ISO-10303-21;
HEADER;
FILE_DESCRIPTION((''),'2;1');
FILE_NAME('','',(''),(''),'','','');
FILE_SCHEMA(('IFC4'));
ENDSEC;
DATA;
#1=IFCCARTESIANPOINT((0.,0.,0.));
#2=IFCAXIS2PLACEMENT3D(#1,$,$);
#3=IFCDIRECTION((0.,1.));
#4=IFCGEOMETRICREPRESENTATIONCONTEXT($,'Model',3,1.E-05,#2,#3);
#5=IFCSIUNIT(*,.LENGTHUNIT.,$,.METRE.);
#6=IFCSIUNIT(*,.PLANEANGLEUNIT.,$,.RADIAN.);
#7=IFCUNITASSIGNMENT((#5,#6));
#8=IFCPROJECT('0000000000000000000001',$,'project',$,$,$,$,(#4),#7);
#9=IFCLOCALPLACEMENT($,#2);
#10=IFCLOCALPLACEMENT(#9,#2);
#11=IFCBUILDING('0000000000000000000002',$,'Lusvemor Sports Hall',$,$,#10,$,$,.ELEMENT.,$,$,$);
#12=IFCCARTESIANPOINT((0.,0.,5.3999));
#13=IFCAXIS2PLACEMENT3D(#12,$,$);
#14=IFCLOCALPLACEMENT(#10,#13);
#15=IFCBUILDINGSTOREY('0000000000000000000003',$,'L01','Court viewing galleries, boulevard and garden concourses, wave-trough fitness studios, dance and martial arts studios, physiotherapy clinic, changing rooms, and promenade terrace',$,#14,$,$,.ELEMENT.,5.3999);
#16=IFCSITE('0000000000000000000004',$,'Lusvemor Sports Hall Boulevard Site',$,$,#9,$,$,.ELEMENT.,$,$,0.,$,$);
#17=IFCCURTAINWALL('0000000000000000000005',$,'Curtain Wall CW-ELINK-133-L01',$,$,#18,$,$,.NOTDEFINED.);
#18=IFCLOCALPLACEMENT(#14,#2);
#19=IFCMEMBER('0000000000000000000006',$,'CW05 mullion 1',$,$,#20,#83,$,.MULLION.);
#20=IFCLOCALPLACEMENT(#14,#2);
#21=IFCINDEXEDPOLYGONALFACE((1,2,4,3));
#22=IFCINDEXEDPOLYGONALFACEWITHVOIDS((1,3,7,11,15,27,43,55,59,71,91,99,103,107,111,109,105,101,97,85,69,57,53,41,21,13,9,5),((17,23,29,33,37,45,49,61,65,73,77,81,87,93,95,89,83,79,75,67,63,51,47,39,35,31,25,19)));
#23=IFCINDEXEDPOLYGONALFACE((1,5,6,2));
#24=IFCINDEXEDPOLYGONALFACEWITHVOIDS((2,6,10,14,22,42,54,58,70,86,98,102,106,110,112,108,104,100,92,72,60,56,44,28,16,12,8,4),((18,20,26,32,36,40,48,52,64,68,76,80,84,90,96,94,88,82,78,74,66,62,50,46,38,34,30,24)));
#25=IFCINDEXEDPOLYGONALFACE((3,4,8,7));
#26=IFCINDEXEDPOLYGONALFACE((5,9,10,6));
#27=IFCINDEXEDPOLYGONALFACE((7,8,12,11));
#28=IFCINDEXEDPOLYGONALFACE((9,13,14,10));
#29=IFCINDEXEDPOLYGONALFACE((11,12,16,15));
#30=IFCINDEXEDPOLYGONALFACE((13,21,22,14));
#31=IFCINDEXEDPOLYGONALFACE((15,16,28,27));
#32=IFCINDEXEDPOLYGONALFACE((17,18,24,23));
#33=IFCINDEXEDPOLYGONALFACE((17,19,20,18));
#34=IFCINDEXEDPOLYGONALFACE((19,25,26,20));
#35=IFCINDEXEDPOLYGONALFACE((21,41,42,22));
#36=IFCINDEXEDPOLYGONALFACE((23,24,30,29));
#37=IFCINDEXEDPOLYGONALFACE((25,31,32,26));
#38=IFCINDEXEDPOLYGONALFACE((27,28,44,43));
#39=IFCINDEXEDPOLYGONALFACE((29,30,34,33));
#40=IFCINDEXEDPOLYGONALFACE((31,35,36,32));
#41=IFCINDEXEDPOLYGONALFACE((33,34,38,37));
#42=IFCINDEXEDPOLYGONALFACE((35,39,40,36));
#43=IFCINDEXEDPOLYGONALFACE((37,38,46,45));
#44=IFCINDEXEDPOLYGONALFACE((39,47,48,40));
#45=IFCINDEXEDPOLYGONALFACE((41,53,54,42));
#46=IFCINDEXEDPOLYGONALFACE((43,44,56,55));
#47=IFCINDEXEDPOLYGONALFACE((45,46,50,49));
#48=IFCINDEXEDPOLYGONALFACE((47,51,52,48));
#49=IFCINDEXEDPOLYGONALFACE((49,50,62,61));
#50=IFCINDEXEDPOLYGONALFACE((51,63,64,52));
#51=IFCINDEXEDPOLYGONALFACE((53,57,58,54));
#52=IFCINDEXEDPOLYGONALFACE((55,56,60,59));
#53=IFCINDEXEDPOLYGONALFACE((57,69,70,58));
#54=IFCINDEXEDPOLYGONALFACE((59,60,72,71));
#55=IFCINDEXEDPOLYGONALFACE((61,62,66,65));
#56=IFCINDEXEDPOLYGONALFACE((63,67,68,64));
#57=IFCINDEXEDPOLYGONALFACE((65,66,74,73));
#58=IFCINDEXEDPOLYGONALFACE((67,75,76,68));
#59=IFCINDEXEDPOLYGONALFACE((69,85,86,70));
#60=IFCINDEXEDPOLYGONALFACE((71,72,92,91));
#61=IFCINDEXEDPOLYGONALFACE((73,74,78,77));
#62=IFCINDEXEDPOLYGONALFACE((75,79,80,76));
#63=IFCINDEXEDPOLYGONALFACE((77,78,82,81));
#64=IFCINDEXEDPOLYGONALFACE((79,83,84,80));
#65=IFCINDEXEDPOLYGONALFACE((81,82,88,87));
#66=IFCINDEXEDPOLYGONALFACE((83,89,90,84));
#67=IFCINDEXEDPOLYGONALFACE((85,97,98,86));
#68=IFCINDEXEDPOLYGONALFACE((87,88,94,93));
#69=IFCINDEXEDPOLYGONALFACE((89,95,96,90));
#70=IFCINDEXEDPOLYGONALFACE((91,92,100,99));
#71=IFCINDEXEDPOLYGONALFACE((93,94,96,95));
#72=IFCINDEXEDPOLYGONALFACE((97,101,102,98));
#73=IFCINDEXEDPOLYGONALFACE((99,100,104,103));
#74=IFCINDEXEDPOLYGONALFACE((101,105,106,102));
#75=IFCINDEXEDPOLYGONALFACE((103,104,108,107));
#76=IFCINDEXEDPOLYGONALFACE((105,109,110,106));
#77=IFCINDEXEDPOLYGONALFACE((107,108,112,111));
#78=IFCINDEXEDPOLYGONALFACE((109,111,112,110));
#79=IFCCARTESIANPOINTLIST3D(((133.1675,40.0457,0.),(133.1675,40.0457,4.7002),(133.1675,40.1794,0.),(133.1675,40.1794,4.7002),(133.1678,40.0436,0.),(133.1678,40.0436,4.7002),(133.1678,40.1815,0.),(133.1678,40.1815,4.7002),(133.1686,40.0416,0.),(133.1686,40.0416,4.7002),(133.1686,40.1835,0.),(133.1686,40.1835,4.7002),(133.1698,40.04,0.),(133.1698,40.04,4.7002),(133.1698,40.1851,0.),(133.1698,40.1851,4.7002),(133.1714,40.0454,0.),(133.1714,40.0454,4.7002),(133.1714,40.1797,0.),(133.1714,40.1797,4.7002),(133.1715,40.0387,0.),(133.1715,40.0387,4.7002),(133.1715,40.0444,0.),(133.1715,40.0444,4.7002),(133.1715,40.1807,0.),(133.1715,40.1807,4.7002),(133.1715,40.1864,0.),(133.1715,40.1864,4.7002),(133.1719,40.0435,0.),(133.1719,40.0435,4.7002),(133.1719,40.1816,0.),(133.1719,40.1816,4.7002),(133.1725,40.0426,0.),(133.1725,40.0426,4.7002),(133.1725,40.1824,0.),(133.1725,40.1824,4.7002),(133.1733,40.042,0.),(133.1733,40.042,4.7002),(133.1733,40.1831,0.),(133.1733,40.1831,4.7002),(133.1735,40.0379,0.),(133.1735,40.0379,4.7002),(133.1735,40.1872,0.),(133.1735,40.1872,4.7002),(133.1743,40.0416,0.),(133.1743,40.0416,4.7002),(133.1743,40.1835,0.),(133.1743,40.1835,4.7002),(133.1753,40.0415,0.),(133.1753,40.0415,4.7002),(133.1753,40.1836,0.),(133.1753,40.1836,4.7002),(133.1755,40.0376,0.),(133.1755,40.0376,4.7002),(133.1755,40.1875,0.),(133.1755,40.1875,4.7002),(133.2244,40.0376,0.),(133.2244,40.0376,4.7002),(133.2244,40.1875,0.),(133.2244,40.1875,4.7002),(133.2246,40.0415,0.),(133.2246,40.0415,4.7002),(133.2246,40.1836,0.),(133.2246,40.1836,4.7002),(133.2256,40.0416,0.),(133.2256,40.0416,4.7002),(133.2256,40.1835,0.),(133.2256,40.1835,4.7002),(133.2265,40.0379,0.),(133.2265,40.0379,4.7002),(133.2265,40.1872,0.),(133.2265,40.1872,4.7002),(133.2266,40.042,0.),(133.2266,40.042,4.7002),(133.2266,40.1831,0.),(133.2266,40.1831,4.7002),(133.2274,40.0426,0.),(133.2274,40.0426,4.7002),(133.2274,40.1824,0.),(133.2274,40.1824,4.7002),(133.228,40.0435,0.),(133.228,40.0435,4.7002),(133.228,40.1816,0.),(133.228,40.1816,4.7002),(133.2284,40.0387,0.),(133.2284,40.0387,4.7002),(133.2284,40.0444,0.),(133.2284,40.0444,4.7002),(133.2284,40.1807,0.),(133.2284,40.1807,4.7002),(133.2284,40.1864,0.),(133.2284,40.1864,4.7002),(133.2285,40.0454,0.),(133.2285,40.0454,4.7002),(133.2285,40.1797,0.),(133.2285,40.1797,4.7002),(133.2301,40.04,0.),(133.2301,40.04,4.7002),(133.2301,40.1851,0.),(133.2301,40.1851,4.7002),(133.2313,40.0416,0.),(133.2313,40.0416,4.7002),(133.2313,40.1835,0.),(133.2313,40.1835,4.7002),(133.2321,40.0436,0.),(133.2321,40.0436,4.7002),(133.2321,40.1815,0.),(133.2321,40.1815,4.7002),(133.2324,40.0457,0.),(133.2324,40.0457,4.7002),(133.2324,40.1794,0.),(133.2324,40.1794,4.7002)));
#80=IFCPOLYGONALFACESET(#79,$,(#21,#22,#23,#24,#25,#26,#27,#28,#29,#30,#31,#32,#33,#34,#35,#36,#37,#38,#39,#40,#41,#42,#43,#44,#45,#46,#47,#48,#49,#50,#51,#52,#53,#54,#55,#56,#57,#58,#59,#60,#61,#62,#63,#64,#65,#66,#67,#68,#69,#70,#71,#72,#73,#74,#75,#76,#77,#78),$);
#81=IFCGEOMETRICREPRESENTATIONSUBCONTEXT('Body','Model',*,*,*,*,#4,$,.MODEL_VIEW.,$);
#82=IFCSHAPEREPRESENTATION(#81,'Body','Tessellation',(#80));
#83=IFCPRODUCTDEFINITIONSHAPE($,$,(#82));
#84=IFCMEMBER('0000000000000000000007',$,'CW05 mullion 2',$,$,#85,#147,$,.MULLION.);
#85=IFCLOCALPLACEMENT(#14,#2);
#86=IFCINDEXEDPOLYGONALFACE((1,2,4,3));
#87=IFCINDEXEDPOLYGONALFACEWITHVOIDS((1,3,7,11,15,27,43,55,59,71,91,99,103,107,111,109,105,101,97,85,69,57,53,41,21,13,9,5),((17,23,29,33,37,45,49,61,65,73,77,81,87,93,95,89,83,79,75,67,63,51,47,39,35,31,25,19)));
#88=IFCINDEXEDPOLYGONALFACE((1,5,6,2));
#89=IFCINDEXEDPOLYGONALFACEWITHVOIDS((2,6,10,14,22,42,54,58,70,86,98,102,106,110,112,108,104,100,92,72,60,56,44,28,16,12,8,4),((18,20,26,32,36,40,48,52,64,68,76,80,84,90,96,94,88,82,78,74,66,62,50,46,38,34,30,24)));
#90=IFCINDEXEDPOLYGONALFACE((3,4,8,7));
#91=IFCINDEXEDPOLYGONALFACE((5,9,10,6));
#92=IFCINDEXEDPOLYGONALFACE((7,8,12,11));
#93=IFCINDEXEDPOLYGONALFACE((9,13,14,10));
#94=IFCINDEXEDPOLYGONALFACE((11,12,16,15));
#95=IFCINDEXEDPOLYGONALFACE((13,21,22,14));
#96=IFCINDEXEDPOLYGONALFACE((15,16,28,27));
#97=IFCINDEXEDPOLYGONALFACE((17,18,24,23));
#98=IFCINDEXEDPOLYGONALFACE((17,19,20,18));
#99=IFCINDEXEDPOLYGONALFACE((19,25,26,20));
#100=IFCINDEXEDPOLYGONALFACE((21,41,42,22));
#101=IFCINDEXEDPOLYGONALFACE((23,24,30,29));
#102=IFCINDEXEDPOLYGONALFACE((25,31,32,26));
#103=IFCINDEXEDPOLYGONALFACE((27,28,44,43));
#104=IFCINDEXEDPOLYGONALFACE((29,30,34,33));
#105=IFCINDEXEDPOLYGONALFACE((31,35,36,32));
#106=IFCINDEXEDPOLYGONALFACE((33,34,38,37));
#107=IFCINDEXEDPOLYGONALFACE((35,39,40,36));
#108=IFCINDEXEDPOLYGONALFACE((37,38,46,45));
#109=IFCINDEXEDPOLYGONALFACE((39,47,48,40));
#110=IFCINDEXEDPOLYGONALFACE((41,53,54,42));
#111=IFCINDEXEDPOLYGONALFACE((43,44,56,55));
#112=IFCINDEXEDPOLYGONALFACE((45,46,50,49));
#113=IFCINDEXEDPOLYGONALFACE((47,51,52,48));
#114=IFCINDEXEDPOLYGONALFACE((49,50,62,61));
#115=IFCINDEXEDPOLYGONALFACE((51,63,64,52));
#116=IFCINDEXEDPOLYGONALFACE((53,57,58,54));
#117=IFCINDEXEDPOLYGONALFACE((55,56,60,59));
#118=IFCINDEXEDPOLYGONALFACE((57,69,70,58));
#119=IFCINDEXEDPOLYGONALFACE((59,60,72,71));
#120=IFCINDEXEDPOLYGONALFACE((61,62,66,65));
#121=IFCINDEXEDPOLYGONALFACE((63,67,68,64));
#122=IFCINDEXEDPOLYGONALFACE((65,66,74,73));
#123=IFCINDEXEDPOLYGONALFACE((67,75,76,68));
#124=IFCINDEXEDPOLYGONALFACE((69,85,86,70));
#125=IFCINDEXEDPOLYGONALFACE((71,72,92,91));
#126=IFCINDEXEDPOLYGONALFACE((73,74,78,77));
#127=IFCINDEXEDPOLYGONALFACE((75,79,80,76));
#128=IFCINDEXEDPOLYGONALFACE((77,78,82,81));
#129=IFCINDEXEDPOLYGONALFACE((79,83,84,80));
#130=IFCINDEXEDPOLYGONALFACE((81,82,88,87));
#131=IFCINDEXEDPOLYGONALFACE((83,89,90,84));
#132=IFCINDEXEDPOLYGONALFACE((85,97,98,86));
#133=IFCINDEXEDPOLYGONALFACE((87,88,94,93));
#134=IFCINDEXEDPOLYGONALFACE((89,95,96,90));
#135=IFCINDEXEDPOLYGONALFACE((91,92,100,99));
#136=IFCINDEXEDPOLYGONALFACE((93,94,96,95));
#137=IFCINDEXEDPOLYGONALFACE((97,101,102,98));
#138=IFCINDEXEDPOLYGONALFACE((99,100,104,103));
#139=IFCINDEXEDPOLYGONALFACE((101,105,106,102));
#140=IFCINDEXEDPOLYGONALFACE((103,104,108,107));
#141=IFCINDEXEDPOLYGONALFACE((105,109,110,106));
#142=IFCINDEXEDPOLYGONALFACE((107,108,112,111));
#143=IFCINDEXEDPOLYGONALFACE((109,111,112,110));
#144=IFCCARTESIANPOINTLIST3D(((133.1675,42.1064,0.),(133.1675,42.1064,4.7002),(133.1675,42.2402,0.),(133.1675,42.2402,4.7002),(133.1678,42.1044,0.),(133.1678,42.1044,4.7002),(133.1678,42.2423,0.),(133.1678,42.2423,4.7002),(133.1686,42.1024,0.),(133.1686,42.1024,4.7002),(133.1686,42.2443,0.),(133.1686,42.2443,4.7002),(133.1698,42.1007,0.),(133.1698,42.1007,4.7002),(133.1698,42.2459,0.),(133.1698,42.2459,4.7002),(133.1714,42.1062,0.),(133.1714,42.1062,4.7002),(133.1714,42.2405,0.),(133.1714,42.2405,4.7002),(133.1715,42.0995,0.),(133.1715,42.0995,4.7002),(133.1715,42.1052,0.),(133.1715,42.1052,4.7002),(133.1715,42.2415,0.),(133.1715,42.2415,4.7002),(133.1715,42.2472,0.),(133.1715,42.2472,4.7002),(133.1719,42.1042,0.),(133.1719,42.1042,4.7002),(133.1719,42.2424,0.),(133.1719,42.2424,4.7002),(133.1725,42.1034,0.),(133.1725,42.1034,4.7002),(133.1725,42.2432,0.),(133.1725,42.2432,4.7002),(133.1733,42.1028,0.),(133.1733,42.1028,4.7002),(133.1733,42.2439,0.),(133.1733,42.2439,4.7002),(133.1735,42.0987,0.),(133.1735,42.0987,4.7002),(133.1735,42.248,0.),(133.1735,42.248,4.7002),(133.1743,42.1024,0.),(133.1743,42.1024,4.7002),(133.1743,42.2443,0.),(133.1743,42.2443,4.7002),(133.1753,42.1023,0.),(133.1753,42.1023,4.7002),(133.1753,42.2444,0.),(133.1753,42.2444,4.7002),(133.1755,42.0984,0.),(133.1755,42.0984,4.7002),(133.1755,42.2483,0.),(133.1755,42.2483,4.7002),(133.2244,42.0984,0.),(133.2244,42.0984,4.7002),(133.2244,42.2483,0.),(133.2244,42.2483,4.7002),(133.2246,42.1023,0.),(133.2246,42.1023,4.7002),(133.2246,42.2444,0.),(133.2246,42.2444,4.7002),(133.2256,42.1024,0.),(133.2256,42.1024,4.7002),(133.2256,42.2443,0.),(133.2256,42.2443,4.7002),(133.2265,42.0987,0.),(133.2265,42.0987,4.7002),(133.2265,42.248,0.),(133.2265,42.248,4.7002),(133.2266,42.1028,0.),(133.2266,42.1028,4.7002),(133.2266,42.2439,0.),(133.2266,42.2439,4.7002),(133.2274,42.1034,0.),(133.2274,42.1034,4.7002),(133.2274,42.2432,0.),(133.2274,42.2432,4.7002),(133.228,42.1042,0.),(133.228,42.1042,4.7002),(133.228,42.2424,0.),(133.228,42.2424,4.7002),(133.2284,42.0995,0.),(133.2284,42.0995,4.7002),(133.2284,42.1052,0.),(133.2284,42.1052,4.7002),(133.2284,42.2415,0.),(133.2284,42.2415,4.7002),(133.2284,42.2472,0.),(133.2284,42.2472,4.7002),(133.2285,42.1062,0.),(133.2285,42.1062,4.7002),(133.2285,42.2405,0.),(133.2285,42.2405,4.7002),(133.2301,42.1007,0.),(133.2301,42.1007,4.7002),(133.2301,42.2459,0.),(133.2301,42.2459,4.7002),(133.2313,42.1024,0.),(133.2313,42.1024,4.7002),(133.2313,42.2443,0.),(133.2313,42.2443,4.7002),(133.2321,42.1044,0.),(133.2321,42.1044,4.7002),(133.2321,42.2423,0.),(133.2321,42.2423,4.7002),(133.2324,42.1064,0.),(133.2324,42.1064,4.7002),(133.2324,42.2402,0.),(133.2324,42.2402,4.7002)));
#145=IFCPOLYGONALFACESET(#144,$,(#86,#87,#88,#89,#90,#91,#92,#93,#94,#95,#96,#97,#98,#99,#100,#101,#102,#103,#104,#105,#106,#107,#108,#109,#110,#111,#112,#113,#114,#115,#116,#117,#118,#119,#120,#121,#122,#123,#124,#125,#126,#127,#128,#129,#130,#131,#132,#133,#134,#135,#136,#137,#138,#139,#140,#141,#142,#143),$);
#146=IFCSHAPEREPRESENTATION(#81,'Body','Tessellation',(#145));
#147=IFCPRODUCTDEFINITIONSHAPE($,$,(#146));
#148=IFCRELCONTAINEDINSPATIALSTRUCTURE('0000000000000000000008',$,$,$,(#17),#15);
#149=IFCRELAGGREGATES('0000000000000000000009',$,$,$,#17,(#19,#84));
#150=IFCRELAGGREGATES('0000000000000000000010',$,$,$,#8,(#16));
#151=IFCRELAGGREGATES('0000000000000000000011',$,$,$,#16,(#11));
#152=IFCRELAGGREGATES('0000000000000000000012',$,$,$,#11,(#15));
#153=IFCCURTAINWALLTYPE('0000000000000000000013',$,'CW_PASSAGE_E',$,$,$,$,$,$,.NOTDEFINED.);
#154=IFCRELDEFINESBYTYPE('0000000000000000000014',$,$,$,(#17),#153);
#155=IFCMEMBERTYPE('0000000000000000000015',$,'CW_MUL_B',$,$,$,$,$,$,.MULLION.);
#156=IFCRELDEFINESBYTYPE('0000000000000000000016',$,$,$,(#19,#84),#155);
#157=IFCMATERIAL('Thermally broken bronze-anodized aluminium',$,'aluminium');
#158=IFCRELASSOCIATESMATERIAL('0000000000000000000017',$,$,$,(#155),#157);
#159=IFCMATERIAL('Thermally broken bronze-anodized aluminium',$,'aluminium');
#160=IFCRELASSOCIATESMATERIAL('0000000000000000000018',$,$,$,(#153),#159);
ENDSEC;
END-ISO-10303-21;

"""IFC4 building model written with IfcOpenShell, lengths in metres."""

from ifc_helpers import new_model, si_unit, direction, frame, origin, origin_2d, place, context, subcontext, project, spatial, hollow_rectangle, extrude, material, material_profile, profile_set, type_object, element, aggregate, save


model = new_model("IFC4")

# Units and contexts
model_context = context("Model", 3, precision=1e-05, world=origin(), true_north=direction((0.0, 1.0)))
body_context = subcontext(model_context, "Body", "Model", "MODEL_VIEW")
ifc_project = project(units=[si_unit("LENGTHUNIT", "METRE"), si_unit("PLANEANGLEUNIT", "RADIAN")], contexts=[model_context])

# Site, building, storey
site_placement = place(None, origin())
site = spatial("IfcSite", under=ifc_project, at=site_placement, Name="Lusvemor Sports Hall Boulevard Site", CompositionType="ELEMENT", RefElevation=0.0)
building_placement = place(site_placement, origin())
building = spatial("IfcBuilding", under=site, at=building_placement, Name="Lusvemor Sports Hall", CompositionType="ELEMENT")
storey_placement = place(building_placement, frame((0.0, 0.0, 5.3999)))
storey = spatial("IfcBuildingStorey", under=building, at=storey_placement, Name="L01", Description="Court viewing galleries, boulevard and garden concourses, wave-trough fitness studios, dance and martial arts studios, physiotherapy clinic, changing rooms, and promenade terrace", CompositionType="ELEMENT", Elevation=5.3999)

# Curtain wall, members
ifc_material_1 = material(Name="Thermally broken bronze-anodized aluminium", Category="aluminium")
ifc_material_profile_1 = material_profile(ifc_material_1, hollow_rectangle(XDim=0.0649, YDim=0.1499, WallThickness=0.0039, InnerFilletRadius=0.0039, OuterFilletRadius=0.0081, at=origin_2d()), Name="CWMUL150x65x4")
ifc_profile_set_1 = profile_set([ifc_material_profile_1], Name="Thermally broken bronze-anodized aluminium")
member_type_1 = type_object("IfcMemberType", Name="CW_MUL_B", PredefinedType="MULLION", material=ifc_profile_set_1)
ifc_material_2 = material(Name="Thermally broken bronze-anodized aluminium", Category="aluminium")
curtain_wall_type_1 = type_object("IfcCurtainWallType", Name="CW_PASSAGE_E", PredefinedType="NOTDEFINED", material=ifc_material_2)
curtain_wall_1_placement = place(storey_placement, origin())
curtain_wall_1 = element("IfcCurtainWall", 1, at=curtain_wall_1_placement, inside=storey, type_object=curtain_wall_type_1, Name="Curtain Wall CW-ELINK-133-L01", PredefinedType="NOTDEFINED")
member_1_placement = place(storey_placement, frame((133.2, 40.1125, 0.0), z_axis=(0.0, 0.0, 1.0), x_axis=(-1.0, 0.0, 0.0)))
member_1 = element("IfcMember", 2, at=member_1_placement, type_object=member_type_1, Name="CW05 mullion 1", PredefinedType="MULLION", context=body_context, shape_type="SweptSolid", body=[
    extrude(hollow_rectangle(XDim=0.0649, YDim=0.1499, WallThickness=0.0039, InnerFilletRadius=0.0039, OuterFilletRadius=0.0081, at=origin_2d()), origin(), (0.0, 0.0, 1.0), 4.7002),
])
member_2_placement = place(storey_placement, frame((133.2, 42.1733, 0.0), z_axis=(0.0, 0.0, 1.0), x_axis=(-1.0, 0.0, 0.0)))
member_2 = element("IfcMember", 3, at=member_2_placement, type_object=member_type_1, Name="CW05 mullion 2", PredefinedType="MULLION", context=body_context, shape_type="SweptSolid", body=[
    extrude(hollow_rectangle(XDim=0.0649, YDim=0.1499, WallThickness=0.0039, InnerFilletRadius=0.0039, OuterFilletRadius=0.0081, at=origin_2d()), origin(), (0.0, 0.0, 1.0), 4.7002),
])

aggregate(curtain_wall_1, [member_1, member_2])

save(model, "model.ifc")
